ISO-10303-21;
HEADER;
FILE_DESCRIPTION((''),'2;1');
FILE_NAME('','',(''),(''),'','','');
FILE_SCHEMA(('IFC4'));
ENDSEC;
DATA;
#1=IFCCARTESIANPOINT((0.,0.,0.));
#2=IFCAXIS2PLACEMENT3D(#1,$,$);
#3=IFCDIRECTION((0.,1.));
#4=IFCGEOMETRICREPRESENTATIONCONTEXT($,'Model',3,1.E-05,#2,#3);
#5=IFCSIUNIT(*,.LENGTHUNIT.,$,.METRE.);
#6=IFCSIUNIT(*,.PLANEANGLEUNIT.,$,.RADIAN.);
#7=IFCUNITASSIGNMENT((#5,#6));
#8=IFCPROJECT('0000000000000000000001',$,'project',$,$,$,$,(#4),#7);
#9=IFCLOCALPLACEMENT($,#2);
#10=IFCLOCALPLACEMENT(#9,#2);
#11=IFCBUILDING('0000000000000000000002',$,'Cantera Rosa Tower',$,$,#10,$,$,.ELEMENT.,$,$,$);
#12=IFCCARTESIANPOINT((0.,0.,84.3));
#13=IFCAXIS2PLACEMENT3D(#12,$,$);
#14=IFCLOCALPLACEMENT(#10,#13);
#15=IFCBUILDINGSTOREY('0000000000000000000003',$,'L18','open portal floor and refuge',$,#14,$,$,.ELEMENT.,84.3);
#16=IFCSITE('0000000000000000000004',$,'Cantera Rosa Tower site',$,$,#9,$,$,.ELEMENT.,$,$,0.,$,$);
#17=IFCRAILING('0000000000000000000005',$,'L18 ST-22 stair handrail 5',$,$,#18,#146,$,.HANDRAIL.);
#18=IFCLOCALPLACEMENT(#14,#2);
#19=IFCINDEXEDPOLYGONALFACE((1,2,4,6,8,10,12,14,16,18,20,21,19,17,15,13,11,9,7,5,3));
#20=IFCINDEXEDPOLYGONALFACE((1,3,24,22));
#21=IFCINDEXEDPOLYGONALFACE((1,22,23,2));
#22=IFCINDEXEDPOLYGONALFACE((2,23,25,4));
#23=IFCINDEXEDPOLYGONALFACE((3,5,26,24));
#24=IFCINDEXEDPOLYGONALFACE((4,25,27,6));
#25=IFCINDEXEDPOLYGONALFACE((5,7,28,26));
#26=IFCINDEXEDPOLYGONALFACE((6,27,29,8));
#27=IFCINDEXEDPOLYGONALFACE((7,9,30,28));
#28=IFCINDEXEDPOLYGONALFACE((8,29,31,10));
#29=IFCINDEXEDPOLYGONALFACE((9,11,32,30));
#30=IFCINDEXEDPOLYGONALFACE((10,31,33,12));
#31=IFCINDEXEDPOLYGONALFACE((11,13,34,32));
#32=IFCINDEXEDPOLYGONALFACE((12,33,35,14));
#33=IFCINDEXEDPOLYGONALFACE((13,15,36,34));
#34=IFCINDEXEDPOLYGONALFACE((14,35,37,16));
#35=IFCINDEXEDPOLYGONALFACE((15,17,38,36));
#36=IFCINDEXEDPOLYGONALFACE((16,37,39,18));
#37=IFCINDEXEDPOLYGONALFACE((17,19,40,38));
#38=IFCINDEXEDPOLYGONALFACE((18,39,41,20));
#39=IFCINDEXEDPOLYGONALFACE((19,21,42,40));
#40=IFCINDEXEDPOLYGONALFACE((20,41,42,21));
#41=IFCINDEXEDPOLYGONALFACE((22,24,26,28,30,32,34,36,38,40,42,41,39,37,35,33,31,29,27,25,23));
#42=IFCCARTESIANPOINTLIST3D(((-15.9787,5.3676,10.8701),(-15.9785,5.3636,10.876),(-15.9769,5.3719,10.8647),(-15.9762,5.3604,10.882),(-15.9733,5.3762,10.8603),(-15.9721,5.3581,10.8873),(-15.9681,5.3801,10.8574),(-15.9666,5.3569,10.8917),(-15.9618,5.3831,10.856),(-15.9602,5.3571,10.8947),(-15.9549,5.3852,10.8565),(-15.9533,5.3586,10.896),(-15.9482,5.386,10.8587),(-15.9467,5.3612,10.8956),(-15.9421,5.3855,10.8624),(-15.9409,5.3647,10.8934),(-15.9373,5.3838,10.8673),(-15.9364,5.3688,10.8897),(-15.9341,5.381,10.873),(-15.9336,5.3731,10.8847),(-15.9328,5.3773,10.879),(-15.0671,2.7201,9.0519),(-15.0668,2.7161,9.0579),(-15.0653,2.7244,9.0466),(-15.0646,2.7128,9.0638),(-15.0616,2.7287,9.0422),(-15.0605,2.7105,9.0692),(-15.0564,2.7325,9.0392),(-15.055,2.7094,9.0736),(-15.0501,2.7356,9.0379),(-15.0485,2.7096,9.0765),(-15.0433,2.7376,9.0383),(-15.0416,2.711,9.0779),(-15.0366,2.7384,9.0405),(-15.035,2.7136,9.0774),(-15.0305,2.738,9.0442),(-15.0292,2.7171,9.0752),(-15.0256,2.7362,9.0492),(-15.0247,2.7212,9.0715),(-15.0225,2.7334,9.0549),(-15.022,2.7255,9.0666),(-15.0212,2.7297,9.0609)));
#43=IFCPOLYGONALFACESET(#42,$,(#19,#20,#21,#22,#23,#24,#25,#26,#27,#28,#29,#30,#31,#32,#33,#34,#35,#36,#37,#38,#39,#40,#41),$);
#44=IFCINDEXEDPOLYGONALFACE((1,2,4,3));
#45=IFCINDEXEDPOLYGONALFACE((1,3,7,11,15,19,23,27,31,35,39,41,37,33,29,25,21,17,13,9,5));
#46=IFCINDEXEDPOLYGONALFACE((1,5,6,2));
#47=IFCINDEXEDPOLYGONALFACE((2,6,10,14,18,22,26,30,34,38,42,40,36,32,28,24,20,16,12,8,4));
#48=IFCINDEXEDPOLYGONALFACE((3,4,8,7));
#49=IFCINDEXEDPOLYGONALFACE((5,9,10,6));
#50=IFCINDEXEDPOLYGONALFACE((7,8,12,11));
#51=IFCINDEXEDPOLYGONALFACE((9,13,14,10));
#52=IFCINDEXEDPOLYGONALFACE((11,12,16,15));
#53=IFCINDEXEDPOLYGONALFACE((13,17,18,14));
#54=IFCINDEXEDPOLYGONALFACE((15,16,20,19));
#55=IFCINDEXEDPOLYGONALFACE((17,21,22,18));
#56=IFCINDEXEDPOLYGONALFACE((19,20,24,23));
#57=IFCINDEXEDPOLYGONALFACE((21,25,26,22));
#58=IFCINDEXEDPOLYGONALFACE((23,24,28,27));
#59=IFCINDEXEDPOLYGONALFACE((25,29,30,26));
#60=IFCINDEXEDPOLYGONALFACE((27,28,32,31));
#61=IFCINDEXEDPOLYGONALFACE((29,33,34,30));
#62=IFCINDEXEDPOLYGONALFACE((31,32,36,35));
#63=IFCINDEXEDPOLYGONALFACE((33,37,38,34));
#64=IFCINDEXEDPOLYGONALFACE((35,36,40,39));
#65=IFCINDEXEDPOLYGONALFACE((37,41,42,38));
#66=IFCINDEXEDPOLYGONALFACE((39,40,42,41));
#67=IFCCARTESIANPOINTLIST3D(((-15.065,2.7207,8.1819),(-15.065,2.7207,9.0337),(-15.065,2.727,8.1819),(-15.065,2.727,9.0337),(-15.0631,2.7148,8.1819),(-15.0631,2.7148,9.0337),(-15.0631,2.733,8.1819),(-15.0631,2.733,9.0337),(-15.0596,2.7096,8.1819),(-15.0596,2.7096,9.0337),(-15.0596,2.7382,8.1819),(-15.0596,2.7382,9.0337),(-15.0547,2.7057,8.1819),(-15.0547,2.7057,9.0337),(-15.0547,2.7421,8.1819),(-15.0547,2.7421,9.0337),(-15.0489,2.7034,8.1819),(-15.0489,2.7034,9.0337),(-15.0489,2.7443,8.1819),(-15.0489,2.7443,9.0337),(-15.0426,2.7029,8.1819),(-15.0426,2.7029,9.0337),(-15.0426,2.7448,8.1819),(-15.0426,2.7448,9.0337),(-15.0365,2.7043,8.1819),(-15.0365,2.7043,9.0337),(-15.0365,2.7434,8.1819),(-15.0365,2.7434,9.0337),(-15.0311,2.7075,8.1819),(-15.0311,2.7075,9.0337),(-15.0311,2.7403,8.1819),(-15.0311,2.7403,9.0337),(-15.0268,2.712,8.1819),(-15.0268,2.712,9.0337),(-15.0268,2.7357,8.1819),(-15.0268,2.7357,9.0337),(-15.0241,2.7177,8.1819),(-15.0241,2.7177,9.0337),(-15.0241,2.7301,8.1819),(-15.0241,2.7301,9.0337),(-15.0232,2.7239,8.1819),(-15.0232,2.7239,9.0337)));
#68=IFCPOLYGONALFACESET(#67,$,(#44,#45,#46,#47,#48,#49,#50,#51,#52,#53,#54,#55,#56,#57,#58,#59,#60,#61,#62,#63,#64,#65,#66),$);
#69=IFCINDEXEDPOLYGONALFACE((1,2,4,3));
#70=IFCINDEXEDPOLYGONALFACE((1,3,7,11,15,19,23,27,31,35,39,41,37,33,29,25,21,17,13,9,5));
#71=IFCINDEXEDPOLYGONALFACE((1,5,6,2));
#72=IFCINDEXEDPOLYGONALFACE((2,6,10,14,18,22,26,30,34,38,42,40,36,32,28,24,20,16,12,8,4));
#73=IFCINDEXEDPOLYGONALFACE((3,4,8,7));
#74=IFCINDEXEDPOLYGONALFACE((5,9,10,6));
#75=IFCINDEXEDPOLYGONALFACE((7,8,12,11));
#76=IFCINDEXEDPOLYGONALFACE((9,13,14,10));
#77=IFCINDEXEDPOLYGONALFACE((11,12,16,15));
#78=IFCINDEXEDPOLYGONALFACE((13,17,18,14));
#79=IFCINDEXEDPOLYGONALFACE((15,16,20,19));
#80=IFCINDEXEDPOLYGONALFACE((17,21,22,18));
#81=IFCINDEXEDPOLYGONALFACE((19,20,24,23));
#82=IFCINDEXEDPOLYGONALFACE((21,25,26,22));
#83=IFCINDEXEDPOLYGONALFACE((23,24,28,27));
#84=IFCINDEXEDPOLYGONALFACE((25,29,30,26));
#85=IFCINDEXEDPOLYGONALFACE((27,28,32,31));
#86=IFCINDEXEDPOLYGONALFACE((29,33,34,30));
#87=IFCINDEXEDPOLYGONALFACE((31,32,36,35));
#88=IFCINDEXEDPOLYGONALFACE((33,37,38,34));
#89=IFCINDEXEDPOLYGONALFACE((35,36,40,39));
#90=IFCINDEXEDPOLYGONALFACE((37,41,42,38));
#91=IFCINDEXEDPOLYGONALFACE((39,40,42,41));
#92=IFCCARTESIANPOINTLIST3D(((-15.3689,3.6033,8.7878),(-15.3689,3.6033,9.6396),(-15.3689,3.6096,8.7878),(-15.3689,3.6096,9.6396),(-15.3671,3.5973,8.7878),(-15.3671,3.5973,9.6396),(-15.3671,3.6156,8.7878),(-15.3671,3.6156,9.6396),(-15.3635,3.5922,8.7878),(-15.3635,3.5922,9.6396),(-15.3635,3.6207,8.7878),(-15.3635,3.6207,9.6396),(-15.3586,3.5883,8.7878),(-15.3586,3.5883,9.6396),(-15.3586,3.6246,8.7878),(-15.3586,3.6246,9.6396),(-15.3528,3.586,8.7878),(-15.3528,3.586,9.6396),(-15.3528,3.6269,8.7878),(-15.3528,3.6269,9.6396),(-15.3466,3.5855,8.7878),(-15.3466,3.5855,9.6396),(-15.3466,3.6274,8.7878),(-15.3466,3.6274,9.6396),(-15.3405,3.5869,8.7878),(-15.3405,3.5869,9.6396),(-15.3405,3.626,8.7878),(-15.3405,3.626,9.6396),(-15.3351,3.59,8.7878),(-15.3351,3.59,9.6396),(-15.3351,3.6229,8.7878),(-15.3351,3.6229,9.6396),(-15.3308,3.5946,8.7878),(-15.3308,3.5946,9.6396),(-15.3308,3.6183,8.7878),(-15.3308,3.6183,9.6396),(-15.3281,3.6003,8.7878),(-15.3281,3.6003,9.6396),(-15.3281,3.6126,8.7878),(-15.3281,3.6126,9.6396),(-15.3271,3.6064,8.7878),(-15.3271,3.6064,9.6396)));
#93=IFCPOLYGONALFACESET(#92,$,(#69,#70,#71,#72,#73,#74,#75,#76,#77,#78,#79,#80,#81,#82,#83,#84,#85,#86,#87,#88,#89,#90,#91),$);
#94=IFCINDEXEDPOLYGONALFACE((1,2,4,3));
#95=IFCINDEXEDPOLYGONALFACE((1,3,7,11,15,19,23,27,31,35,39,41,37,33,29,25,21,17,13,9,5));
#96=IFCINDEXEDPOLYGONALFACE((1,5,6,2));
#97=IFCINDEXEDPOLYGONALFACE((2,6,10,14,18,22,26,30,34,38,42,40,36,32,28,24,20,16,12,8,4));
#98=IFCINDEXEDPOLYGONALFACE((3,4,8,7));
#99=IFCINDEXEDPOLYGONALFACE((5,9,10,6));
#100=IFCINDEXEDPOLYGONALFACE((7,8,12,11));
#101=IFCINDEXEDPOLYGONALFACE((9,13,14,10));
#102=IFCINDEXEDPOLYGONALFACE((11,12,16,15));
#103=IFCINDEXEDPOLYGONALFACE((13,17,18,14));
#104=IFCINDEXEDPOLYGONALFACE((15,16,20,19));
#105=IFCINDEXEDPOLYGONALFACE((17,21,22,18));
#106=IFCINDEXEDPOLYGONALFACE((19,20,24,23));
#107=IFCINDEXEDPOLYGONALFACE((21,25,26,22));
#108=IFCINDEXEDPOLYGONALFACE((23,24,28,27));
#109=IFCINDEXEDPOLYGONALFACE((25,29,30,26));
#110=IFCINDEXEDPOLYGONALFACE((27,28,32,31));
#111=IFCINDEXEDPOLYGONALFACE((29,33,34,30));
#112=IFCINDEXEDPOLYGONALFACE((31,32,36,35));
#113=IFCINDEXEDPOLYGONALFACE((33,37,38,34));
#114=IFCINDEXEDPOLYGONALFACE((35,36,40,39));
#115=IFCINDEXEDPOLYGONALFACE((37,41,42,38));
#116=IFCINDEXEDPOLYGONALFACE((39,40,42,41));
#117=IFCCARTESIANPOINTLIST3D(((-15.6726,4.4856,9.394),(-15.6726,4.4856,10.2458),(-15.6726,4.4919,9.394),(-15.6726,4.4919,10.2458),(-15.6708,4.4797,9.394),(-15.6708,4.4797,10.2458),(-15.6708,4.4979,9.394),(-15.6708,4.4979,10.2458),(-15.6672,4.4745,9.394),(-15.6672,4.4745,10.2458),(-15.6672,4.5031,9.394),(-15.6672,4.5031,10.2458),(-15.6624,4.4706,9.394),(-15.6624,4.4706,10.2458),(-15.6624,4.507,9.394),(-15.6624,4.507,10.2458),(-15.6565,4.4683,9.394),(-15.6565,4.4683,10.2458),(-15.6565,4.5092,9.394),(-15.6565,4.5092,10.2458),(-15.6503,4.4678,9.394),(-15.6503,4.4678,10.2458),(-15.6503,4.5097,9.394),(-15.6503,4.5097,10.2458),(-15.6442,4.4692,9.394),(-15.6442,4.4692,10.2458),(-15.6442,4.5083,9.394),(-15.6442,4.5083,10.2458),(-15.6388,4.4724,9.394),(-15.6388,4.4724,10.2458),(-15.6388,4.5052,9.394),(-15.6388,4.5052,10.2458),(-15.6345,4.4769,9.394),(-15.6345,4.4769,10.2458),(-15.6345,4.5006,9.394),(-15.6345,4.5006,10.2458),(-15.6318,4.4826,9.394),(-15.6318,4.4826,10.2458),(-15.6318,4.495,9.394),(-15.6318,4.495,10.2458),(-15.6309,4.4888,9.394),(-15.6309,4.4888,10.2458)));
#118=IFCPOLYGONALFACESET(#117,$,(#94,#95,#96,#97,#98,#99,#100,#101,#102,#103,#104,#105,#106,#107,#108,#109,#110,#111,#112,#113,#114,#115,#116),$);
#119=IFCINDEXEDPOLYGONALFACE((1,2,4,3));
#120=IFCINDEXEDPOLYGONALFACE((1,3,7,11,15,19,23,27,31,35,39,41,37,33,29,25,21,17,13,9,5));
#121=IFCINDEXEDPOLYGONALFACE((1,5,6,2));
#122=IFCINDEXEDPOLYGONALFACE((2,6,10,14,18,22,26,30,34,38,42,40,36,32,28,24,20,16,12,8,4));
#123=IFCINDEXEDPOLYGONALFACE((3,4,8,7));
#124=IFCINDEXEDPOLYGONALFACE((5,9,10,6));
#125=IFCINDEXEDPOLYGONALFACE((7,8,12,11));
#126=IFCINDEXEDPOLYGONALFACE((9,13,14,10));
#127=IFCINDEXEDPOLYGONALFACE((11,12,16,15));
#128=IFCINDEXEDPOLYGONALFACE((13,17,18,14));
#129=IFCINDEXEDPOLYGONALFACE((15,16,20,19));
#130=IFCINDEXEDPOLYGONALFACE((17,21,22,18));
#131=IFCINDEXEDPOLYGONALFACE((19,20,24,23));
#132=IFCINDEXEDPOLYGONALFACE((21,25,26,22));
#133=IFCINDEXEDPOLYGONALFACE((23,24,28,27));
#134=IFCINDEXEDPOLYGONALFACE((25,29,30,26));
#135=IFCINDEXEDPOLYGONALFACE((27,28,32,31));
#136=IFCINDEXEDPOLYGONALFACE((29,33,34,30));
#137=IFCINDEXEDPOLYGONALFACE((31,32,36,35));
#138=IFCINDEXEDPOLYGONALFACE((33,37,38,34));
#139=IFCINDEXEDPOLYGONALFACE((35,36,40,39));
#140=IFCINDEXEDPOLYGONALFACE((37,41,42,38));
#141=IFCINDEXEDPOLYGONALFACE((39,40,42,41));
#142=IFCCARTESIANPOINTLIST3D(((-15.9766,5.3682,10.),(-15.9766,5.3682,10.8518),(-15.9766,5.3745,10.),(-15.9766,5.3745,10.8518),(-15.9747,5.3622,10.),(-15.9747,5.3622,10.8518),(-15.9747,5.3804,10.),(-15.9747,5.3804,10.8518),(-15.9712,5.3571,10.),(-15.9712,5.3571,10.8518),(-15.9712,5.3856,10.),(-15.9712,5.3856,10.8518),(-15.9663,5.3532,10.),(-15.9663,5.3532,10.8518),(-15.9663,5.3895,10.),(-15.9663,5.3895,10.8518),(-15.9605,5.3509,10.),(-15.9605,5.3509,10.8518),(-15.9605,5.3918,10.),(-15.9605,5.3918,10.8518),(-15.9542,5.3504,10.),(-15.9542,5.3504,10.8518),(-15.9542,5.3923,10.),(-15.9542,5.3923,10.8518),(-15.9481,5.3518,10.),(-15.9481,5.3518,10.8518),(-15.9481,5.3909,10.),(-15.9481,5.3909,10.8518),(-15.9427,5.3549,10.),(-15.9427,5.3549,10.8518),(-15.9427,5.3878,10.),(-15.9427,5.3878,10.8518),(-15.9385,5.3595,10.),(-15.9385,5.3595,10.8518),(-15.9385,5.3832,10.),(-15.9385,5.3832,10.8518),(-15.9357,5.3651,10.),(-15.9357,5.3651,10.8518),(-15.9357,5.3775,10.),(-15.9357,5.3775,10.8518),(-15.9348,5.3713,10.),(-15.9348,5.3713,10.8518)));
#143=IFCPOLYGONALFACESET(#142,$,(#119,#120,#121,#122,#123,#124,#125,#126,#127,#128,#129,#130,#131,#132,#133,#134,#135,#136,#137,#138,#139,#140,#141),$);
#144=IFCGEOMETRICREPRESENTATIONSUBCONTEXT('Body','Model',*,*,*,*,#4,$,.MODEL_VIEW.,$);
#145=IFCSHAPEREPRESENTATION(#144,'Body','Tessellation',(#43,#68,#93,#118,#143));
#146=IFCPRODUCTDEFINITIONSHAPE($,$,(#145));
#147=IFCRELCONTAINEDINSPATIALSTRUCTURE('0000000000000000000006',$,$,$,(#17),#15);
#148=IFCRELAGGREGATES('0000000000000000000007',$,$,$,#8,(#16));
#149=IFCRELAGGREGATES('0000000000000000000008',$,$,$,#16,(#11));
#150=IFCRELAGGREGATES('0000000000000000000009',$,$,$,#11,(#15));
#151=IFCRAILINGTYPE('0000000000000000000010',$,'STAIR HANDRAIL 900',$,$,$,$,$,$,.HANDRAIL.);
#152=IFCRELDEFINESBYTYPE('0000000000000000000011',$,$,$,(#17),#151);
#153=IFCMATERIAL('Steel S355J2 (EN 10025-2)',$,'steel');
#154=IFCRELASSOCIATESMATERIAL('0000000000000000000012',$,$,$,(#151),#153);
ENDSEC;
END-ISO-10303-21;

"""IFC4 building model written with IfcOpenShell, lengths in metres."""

from ifc_helpers import new_model, si_unit, direction, frame, origin, origin_2d, place, context, subcontext, project, spatial, circle, extrude, material, type_object, element, save


model = new_model("IFC4")

# Units and contexts
model_context = context("Model", 3, precision=1e-05, world=origin(), true_north=direction((0.0, 1.0)))
body_context = subcontext(model_context, "Body", "Model", "MODEL_VIEW")
ifc_project = project(units=[si_unit("LENGTHUNIT", "METRE"), si_unit("PLANEANGLEUNIT", "RADIAN")], contexts=[model_context])

# Site, building, storey
site_placement = place(None, origin())
site = spatial("IfcSite", under=ifc_project, at=site_placement, Name="Cantera Rosa Tower site", CompositionType="ELEMENT", RefElevation=0.0)
building_placement = place(site_placement, origin())
building = spatial("IfcBuilding", under=site, at=building_placement, Name="Cantera Rosa Tower", CompositionType="ELEMENT")
storey_placement = place(building_placement, frame((0.0, 0.0, 84.3)))
storey = spatial("IfcBuildingStorey", under=building, at=storey_placement, Name="L18", Description="open portal floor and refuge", CompositionType="ELEMENT", Elevation=84.3)

# Railing
ifc_material_1 = material(Name="Steel S355J2 (EN 10025-2)", Category="steel")
railing_type_1 = type_object("IfcRailingType", Name="STAIR HANDRAIL 900", PredefinedType="HANDRAIL", material=ifc_material_1)
for number, where, name in (
    (1, (-15.0442, 2.7239, 8.1819), "L18 ST-22 stair handrail 5"),
):
    element("IfcRailing", number, at=place(storey_placement, frame(where)), inside=storey, type_object=railing_type_1, Name=name, PredefinedType="HANDRAIL", context=body_context, shape_type="SweptSolid", body=[
        extrude(circle(Radius=0.0239, at=origin_2d()), frame((0.0, 0.0, 0.876), z_axis=(-0.273062, 0.793007, 0.544589), x_axis=(-0.945516, -0.325577, 0.0)), (0.0, 0.0, 1.0), 3.3386),
        extrude(circle(Radius=0.021, at=origin_2d()), origin(), (0.0, 0.0, 1.0), 0.8518),
        extrude(circle(Radius=0.021, at=origin_2d()), frame((-0.304, 0.8826, 0.606)), (0.0, 0.0, 1.0), 0.8518),
        extrude(circle(Radius=0.021, at=origin_2d()), frame((-0.6077, 1.7649, 1.2122)), (0.0, 0.0, 1.0), 0.8518),
        extrude(circle(Radius=0.021, at=origin_2d()), frame((-0.9116, 2.6475, 1.8181)), (0.0, 0.0, 1.0), 0.8518),
    ])

save(model, "model.ifc")
